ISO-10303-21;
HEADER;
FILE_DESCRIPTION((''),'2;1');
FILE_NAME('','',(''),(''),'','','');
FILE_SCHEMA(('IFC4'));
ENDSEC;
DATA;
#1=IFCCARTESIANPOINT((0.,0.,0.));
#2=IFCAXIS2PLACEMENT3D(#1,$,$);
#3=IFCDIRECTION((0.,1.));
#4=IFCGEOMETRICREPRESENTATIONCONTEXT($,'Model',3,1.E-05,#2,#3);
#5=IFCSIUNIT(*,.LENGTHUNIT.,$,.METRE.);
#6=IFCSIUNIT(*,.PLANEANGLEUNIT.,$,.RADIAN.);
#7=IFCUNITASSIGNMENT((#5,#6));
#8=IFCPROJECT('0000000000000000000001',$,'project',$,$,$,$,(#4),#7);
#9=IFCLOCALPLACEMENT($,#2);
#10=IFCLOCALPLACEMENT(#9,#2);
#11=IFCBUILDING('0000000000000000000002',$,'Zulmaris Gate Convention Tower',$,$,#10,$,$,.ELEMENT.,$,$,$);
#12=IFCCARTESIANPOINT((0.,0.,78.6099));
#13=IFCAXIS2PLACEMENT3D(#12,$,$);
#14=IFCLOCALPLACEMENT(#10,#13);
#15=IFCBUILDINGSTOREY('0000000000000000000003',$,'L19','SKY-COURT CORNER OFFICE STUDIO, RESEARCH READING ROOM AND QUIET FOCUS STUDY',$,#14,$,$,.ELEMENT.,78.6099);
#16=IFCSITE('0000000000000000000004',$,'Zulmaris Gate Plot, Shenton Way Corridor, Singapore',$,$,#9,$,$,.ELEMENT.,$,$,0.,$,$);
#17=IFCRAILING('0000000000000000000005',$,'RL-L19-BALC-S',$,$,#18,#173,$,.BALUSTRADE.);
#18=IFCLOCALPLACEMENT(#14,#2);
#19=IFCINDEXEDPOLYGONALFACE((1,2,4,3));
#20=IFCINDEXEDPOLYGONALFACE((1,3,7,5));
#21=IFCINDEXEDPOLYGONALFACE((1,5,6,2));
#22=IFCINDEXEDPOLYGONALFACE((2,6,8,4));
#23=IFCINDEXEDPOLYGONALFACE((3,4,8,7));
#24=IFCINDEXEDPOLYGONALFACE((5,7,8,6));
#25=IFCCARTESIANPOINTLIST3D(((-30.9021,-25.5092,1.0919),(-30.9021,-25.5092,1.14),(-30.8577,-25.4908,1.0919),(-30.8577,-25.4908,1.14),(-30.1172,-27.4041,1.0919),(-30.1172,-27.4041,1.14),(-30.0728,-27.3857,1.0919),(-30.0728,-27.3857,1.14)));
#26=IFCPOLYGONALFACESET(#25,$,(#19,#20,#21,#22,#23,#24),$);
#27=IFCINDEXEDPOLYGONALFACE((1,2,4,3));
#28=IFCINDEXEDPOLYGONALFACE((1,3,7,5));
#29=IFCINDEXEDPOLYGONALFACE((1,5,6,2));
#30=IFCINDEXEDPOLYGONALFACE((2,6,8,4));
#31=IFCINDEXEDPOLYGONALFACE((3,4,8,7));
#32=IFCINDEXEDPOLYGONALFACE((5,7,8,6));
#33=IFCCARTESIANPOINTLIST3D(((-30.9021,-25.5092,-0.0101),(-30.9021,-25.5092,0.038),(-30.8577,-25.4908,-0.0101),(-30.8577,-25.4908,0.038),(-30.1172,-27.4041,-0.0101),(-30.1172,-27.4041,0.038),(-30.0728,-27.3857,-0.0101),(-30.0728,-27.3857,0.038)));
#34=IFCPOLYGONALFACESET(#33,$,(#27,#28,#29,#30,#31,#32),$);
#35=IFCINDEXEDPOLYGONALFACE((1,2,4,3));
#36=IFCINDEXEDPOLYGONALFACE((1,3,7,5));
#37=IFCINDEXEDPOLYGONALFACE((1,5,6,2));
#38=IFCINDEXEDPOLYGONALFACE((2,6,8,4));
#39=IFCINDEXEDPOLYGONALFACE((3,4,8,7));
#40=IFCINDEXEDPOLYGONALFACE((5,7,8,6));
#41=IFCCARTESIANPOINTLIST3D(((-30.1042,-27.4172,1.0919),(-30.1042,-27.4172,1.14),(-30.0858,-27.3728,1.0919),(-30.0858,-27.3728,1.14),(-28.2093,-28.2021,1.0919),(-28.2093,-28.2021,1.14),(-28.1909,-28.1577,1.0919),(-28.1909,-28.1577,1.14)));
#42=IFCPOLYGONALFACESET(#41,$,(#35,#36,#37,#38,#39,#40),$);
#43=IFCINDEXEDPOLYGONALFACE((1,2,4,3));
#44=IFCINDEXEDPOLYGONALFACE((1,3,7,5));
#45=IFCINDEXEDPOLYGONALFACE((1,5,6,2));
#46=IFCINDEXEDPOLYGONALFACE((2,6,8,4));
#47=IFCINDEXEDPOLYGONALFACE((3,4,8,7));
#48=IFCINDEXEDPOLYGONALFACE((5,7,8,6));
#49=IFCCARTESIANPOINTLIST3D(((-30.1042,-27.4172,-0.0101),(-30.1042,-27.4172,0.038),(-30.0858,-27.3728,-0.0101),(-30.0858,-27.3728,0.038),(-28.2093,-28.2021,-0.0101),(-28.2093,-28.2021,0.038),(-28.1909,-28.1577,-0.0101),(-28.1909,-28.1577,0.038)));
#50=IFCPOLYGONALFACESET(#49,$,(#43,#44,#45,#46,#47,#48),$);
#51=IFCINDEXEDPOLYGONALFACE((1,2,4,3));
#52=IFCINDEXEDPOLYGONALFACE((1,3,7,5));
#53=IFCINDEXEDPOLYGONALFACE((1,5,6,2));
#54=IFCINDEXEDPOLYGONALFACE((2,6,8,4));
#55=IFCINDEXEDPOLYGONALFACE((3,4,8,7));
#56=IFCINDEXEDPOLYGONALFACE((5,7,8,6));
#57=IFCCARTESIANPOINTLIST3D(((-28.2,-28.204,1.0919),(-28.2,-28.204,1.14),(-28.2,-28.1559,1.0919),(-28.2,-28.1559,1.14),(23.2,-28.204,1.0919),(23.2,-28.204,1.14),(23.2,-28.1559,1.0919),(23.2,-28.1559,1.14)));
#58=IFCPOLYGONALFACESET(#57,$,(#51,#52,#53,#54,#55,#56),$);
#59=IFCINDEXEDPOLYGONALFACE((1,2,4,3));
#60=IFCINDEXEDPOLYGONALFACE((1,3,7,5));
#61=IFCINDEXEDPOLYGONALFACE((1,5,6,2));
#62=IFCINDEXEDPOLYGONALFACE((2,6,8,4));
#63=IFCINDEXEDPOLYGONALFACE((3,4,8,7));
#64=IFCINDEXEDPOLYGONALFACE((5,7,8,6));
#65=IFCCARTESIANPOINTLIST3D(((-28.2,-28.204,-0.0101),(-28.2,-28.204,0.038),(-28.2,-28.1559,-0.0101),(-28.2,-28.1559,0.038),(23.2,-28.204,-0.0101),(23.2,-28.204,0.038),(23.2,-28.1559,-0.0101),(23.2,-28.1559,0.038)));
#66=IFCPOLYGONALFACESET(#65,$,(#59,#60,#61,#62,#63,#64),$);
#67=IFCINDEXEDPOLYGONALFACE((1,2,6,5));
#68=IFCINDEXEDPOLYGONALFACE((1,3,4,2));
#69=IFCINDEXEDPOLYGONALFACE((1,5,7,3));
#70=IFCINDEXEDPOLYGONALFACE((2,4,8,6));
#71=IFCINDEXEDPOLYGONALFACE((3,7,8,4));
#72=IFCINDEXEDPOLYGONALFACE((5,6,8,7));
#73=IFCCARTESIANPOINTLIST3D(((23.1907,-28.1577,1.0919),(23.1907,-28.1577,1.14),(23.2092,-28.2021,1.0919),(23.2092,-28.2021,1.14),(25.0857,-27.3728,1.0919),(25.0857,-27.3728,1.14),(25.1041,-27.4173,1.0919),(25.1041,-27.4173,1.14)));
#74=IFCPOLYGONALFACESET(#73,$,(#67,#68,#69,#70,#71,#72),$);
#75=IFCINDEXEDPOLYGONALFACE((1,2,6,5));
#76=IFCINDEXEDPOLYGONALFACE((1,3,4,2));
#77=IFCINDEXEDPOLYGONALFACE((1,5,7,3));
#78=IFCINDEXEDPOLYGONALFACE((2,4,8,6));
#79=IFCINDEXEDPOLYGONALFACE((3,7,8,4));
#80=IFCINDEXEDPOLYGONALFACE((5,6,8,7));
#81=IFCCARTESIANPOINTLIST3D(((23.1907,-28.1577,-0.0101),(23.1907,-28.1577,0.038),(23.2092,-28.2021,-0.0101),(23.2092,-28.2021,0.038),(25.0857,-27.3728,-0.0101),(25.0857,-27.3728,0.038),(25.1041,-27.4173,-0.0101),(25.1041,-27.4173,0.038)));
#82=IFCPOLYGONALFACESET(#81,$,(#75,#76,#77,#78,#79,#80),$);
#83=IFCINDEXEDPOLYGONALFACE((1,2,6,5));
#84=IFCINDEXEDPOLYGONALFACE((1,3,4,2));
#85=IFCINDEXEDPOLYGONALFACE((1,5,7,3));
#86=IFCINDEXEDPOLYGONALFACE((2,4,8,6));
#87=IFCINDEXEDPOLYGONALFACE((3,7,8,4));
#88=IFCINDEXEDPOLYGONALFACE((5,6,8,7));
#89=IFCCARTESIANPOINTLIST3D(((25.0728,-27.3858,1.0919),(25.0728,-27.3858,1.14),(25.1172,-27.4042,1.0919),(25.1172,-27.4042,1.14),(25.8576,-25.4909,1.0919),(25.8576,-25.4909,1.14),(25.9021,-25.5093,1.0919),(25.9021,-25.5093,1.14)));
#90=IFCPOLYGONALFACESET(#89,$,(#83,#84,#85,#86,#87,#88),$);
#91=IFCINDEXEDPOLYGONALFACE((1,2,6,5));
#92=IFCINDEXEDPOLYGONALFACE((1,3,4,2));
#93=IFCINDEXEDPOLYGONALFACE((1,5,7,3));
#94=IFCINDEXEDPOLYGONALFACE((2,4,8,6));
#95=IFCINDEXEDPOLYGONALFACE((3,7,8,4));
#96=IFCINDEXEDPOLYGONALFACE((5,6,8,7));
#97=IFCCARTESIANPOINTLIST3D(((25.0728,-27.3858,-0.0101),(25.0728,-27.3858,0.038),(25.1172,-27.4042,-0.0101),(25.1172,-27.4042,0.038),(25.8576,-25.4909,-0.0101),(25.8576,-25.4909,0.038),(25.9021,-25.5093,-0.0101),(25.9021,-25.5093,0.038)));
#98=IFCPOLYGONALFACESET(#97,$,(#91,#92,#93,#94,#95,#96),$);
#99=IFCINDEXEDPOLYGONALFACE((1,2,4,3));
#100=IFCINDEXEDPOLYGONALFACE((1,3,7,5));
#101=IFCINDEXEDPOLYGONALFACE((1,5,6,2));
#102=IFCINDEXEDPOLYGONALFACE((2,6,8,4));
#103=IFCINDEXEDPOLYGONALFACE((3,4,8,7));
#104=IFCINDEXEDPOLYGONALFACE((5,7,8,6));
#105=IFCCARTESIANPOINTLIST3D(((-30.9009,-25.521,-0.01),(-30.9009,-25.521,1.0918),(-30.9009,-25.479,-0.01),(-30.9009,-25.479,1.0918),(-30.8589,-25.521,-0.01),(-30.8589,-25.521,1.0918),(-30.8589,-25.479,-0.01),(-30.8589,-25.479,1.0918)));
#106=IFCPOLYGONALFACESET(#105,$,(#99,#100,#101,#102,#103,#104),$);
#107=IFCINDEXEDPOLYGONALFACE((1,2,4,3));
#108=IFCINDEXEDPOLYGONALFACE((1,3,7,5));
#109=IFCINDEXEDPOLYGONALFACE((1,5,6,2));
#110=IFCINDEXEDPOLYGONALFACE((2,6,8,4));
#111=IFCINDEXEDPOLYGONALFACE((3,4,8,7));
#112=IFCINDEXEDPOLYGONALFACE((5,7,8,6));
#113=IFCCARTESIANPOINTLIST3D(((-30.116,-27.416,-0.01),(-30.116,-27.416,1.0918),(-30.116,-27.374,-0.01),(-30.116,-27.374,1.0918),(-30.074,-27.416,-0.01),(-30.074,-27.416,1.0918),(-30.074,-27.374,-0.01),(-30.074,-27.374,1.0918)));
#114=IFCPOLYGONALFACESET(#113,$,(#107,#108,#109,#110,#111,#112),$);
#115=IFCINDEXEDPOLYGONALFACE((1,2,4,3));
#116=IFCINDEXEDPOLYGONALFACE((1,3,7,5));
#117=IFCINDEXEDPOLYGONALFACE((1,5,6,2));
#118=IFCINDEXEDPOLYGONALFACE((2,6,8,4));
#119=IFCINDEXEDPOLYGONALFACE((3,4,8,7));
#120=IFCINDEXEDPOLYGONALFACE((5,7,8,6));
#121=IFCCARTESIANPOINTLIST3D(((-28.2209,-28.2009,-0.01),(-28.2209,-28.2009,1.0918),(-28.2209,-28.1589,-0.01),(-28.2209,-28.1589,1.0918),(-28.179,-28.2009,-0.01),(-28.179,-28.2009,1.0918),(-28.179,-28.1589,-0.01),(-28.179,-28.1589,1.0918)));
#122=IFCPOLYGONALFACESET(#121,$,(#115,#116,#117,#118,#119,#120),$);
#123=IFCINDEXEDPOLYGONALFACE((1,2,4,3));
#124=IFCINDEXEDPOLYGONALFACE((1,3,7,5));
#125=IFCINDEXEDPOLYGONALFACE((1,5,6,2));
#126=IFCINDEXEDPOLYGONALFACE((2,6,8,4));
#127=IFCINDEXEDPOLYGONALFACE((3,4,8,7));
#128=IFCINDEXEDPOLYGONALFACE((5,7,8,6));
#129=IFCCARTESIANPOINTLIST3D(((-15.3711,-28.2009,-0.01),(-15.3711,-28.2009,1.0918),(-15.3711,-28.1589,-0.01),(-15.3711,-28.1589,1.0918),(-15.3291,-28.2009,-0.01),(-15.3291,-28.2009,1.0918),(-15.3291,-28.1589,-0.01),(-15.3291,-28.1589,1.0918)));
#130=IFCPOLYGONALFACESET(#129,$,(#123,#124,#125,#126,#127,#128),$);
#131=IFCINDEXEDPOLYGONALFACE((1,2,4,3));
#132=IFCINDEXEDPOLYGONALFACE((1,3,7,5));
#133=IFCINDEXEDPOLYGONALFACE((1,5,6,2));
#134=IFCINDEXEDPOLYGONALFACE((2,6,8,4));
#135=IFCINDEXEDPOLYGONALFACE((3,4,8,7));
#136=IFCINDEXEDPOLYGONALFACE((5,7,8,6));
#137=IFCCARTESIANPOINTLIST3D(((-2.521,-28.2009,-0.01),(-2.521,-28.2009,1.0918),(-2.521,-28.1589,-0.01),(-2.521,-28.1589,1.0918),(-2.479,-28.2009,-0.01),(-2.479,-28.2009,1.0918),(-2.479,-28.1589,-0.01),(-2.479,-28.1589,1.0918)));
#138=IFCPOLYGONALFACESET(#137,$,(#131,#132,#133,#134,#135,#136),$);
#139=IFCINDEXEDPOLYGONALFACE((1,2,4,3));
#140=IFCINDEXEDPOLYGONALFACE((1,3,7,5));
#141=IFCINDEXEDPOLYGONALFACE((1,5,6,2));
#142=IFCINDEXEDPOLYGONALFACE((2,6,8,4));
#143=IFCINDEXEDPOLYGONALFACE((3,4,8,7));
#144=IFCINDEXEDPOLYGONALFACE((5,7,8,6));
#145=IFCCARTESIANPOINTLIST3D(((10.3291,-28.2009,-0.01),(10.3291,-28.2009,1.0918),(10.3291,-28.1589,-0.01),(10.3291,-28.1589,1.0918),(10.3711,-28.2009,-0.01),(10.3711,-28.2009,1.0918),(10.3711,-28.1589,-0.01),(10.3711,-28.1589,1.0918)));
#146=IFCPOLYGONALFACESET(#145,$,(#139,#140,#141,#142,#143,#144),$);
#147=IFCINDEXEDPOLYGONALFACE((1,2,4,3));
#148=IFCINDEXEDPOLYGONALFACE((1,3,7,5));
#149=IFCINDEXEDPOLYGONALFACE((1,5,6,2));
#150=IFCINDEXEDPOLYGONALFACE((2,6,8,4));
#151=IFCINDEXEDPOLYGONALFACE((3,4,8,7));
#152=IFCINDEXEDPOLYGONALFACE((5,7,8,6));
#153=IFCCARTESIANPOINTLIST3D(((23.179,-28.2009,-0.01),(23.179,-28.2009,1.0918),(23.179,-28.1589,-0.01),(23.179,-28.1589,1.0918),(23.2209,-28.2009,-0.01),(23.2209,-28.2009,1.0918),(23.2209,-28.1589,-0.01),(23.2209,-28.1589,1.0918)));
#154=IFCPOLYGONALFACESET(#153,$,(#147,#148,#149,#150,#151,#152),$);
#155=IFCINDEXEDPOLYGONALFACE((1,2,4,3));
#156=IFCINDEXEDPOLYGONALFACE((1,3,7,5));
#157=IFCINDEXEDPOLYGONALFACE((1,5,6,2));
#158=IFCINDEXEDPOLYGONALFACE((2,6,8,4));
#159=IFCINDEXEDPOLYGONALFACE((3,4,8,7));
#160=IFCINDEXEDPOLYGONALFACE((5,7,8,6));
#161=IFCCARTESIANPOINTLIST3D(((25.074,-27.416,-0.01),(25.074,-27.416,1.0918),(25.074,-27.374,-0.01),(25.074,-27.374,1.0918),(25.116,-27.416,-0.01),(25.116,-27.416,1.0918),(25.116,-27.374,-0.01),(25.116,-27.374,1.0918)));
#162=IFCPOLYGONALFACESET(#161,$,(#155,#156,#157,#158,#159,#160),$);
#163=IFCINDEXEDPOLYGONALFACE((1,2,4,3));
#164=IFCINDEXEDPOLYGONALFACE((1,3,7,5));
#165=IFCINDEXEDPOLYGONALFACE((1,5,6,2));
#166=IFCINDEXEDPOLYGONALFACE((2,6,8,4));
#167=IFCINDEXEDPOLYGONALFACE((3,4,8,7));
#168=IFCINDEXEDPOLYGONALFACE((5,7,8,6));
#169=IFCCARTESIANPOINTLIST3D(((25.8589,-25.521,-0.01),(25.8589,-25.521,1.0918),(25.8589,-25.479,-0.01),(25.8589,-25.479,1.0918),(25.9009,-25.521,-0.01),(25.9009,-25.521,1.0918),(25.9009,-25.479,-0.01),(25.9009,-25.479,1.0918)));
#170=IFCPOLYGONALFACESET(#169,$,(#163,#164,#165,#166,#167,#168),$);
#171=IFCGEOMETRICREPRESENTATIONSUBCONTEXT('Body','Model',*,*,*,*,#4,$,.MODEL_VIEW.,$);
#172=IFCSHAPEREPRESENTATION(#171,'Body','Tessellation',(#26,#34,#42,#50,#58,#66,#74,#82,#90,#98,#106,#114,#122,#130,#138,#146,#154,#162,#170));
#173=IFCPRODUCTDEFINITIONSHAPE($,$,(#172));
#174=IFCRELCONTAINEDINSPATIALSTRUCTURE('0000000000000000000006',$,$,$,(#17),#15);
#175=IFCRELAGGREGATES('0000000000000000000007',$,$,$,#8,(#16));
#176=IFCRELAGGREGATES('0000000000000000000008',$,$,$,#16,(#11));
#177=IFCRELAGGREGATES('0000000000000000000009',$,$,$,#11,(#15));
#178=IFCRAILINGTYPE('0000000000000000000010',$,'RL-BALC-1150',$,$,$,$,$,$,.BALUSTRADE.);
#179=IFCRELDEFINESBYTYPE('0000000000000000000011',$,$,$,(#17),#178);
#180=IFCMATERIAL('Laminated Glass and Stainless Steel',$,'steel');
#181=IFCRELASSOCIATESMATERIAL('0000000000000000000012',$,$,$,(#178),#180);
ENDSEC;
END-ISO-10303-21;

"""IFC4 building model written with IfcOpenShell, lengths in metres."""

from ifc_helpers import new_model, si_unit, direction, frame, origin, origin_2d, place, context, subcontext, project, spatial, rectangle, extrude, material, type_object, element, save


model = new_model("IFC4")

# Units and contexts
model_context = context("Model", 3, precision=1e-05, world=origin(), true_north=direction((0.0, 1.0)))
body_context = subcontext(model_context, "Body", "Model", "MODEL_VIEW")
ifc_project = project(units=[si_unit("LENGTHUNIT", "METRE"), si_unit("PLANEANGLEUNIT", "RADIAN")], contexts=[model_context])

# Site, building, storey
site_placement = place(None, origin())
site = spatial("IfcSite", under=ifc_project, at=site_placement, Name="Zulmaris Gate Plot, Shenton Way Corridor, Singapore", CompositionType="ELEMENT", RefElevation=0.0)
building_placement = place(site_placement, origin())
building = spatial("IfcBuilding", under=site, at=building_placement, Name="Zulmaris Gate Convention Tower", CompositionType="ELEMENT")
storey_placement = place(building_placement, frame((0.0, 0.0, 78.6099)))
storey = spatial("IfcBuildingStorey", under=building, at=storey_placement, Name="L19", Description="SKY-COURT CORNER OFFICE STUDIO, RESEARCH READING ROOM AND QUIET FOCUS STUDY", CompositionType="ELEMENT", Elevation=78.6099)

# Railing
ifc_material_1 = material(Name="Laminated Glass and Stainless Steel", Category="steel")
railing_type = type_object("IfcRailingType", Name="RL-BALC-1150", PredefinedType="BALUSTRADE", material=ifc_material_1)
railing_placement = place(storey_placement, frame((-30.8799, -25.5, -0.01)))
element("IfcRailing", 1, at=railing_placement, inside=storey, type_object=railing_type, Name="RL-L19-BALC-S", PredefinedType="BALUSTRADE", context=body_context, shape_type="SweptSolid", body=[
    extrude(rectangle(XDim=0.0481, YDim=0.0481, at=origin_2d()), frame((0.0, 0.0, 1.126), z_axis=(0.382671, -0.923885, 0.0), x_axis=(0.923885, 0.382671, 0.0)), (0.0, 0.0, 1.0), 2.051),
    extrude(rectangle(XDim=0.0481, YDim=0.0481, at=origin_2d()), frame((0.0, 0.0, 0.0239), z_axis=(0.382671, -0.923885, 0.0), x_axis=(0.923885, 0.382671, 0.0)), (0.0, 0.0, 1.0), 2.051),
    extrude(rectangle(XDim=0.0481, YDim=0.0481, at=origin_2d()), frame((0.7849, -1.895, 1.126), z_axis=(0.923885, -0.382671, 0.0), x_axis=(0.382671, 0.923885, 0.0)), (0.0, 0.0, 1.0), 2.051),
    extrude(rectangle(XDim=0.0481, YDim=0.0481, at=origin_2d()), frame((0.7849, -1.895, 0.0239), z_axis=(0.923885, -0.382671, 0.0), x_axis=(0.382671, 0.923885, 0.0)), (0.0, 0.0, 1.0), 2.051),
    extrude(rectangle(XDim=0.0481, YDim=0.0481, at=origin_2d()), frame((2.6799, -2.6799, 1.126), z_axis=(1.0, 0.0, 0.0), x_axis=(0.0, 1.0, 0.0)), (0.0, 0.0, 1.0), 51.3999),
    extrude(rectangle(XDim=0.0481, YDim=0.0481, at=origin_2d()), frame((2.6799, -2.6799, 0.0239), z_axis=(1.0, 0.0, 0.0), x_axis=(0.0, 1.0, 0.0)), (0.0, 0.0, 1.0), 51.3999),
    extrude(rectangle(XDim=0.0481, YDim=0.0481, at=origin_2d()), frame((54.0798, -2.6799, 1.126), z_axis=(0.923885, 0.382671, 0.0), x_axis=(-0.382671, 0.923885, 0.0)), (0.0, 0.0, 1.0), 2.051),
    extrude(rectangle(XDim=0.0481, YDim=0.0481, at=origin_2d()), frame((54.0798, -2.6799, 0.0239), z_axis=(0.923885, 0.382671, 0.0), x_axis=(-0.382671, 0.923885, 0.0)), (0.0, 0.0, 1.0), 2.051),
    extrude(rectangle(XDim=0.0481, YDim=0.0481, at=origin_2d()), frame((55.9749, -1.895, 1.126), z_axis=(0.382671, 0.923885, 0.0), x_axis=(-0.923885, 0.382671, 0.0)), (0.0, 0.0, 1.0), 2.051),
    extrude(rectangle(XDim=0.0481, YDim=0.0481, at=origin_2d()), frame((55.9749, -1.895, 0.0239), z_axis=(0.382671, 0.923885, 0.0), x_axis=(-0.923885, 0.382671, 0.0)), (0.0, 0.0, 1.0), 2.051),
    extrude(rectangle(XDim=0.042, YDim=0.042, at=origin_2d()), origin(), (0.0, 0.0, 1.0), 1.1018),
    extrude(rectangle(XDim=0.042, YDim=0.042, at=origin_2d()), frame((0.7849, -1.895, 0.0)), (0.0, 0.0, 1.0), 1.1018),
    extrude(rectangle(XDim=0.042, YDim=0.042, at=origin_2d()), frame((2.6799, -2.6799, 0.0)), (0.0, 0.0, 1.0), 1.1018),
    extrude(rectangle(XDim=0.042, YDim=0.042, at=origin_2d()), frame((15.5298, -2.6799, 0.0)), (0.0, 0.0, 1.0), 1.1018),
    extrude(rectangle(XDim=0.042, YDim=0.042, at=origin_2d()), frame((28.3799, -2.6799, 0.0)), (0.0, 0.0, 1.0), 1.1018),
    extrude(rectangle(XDim=0.042, YDim=0.042, at=origin_2d()), frame((41.23, -2.6799, 0.0)), (0.0, 0.0, 1.0), 1.1018),
    extrude(rectangle(XDim=0.042, YDim=0.042, at=origin_2d()), frame((54.0798, -2.6799, 0.0)), (0.0, 0.0, 1.0), 1.1018),
    extrude(rectangle(XDim=0.042, YDim=0.042, at=origin_2d()), frame((55.9749, -1.895, 0.0)), (0.0, 0.0, 1.0), 1.1018),
    extrude(rectangle(XDim=0.042, YDim=0.042, at=origin_2d()), frame((56.7598, 0.0, 0.0)), (0.0, 0.0, 1.0), 1.1018),
])

save(model, "model.ifc")
